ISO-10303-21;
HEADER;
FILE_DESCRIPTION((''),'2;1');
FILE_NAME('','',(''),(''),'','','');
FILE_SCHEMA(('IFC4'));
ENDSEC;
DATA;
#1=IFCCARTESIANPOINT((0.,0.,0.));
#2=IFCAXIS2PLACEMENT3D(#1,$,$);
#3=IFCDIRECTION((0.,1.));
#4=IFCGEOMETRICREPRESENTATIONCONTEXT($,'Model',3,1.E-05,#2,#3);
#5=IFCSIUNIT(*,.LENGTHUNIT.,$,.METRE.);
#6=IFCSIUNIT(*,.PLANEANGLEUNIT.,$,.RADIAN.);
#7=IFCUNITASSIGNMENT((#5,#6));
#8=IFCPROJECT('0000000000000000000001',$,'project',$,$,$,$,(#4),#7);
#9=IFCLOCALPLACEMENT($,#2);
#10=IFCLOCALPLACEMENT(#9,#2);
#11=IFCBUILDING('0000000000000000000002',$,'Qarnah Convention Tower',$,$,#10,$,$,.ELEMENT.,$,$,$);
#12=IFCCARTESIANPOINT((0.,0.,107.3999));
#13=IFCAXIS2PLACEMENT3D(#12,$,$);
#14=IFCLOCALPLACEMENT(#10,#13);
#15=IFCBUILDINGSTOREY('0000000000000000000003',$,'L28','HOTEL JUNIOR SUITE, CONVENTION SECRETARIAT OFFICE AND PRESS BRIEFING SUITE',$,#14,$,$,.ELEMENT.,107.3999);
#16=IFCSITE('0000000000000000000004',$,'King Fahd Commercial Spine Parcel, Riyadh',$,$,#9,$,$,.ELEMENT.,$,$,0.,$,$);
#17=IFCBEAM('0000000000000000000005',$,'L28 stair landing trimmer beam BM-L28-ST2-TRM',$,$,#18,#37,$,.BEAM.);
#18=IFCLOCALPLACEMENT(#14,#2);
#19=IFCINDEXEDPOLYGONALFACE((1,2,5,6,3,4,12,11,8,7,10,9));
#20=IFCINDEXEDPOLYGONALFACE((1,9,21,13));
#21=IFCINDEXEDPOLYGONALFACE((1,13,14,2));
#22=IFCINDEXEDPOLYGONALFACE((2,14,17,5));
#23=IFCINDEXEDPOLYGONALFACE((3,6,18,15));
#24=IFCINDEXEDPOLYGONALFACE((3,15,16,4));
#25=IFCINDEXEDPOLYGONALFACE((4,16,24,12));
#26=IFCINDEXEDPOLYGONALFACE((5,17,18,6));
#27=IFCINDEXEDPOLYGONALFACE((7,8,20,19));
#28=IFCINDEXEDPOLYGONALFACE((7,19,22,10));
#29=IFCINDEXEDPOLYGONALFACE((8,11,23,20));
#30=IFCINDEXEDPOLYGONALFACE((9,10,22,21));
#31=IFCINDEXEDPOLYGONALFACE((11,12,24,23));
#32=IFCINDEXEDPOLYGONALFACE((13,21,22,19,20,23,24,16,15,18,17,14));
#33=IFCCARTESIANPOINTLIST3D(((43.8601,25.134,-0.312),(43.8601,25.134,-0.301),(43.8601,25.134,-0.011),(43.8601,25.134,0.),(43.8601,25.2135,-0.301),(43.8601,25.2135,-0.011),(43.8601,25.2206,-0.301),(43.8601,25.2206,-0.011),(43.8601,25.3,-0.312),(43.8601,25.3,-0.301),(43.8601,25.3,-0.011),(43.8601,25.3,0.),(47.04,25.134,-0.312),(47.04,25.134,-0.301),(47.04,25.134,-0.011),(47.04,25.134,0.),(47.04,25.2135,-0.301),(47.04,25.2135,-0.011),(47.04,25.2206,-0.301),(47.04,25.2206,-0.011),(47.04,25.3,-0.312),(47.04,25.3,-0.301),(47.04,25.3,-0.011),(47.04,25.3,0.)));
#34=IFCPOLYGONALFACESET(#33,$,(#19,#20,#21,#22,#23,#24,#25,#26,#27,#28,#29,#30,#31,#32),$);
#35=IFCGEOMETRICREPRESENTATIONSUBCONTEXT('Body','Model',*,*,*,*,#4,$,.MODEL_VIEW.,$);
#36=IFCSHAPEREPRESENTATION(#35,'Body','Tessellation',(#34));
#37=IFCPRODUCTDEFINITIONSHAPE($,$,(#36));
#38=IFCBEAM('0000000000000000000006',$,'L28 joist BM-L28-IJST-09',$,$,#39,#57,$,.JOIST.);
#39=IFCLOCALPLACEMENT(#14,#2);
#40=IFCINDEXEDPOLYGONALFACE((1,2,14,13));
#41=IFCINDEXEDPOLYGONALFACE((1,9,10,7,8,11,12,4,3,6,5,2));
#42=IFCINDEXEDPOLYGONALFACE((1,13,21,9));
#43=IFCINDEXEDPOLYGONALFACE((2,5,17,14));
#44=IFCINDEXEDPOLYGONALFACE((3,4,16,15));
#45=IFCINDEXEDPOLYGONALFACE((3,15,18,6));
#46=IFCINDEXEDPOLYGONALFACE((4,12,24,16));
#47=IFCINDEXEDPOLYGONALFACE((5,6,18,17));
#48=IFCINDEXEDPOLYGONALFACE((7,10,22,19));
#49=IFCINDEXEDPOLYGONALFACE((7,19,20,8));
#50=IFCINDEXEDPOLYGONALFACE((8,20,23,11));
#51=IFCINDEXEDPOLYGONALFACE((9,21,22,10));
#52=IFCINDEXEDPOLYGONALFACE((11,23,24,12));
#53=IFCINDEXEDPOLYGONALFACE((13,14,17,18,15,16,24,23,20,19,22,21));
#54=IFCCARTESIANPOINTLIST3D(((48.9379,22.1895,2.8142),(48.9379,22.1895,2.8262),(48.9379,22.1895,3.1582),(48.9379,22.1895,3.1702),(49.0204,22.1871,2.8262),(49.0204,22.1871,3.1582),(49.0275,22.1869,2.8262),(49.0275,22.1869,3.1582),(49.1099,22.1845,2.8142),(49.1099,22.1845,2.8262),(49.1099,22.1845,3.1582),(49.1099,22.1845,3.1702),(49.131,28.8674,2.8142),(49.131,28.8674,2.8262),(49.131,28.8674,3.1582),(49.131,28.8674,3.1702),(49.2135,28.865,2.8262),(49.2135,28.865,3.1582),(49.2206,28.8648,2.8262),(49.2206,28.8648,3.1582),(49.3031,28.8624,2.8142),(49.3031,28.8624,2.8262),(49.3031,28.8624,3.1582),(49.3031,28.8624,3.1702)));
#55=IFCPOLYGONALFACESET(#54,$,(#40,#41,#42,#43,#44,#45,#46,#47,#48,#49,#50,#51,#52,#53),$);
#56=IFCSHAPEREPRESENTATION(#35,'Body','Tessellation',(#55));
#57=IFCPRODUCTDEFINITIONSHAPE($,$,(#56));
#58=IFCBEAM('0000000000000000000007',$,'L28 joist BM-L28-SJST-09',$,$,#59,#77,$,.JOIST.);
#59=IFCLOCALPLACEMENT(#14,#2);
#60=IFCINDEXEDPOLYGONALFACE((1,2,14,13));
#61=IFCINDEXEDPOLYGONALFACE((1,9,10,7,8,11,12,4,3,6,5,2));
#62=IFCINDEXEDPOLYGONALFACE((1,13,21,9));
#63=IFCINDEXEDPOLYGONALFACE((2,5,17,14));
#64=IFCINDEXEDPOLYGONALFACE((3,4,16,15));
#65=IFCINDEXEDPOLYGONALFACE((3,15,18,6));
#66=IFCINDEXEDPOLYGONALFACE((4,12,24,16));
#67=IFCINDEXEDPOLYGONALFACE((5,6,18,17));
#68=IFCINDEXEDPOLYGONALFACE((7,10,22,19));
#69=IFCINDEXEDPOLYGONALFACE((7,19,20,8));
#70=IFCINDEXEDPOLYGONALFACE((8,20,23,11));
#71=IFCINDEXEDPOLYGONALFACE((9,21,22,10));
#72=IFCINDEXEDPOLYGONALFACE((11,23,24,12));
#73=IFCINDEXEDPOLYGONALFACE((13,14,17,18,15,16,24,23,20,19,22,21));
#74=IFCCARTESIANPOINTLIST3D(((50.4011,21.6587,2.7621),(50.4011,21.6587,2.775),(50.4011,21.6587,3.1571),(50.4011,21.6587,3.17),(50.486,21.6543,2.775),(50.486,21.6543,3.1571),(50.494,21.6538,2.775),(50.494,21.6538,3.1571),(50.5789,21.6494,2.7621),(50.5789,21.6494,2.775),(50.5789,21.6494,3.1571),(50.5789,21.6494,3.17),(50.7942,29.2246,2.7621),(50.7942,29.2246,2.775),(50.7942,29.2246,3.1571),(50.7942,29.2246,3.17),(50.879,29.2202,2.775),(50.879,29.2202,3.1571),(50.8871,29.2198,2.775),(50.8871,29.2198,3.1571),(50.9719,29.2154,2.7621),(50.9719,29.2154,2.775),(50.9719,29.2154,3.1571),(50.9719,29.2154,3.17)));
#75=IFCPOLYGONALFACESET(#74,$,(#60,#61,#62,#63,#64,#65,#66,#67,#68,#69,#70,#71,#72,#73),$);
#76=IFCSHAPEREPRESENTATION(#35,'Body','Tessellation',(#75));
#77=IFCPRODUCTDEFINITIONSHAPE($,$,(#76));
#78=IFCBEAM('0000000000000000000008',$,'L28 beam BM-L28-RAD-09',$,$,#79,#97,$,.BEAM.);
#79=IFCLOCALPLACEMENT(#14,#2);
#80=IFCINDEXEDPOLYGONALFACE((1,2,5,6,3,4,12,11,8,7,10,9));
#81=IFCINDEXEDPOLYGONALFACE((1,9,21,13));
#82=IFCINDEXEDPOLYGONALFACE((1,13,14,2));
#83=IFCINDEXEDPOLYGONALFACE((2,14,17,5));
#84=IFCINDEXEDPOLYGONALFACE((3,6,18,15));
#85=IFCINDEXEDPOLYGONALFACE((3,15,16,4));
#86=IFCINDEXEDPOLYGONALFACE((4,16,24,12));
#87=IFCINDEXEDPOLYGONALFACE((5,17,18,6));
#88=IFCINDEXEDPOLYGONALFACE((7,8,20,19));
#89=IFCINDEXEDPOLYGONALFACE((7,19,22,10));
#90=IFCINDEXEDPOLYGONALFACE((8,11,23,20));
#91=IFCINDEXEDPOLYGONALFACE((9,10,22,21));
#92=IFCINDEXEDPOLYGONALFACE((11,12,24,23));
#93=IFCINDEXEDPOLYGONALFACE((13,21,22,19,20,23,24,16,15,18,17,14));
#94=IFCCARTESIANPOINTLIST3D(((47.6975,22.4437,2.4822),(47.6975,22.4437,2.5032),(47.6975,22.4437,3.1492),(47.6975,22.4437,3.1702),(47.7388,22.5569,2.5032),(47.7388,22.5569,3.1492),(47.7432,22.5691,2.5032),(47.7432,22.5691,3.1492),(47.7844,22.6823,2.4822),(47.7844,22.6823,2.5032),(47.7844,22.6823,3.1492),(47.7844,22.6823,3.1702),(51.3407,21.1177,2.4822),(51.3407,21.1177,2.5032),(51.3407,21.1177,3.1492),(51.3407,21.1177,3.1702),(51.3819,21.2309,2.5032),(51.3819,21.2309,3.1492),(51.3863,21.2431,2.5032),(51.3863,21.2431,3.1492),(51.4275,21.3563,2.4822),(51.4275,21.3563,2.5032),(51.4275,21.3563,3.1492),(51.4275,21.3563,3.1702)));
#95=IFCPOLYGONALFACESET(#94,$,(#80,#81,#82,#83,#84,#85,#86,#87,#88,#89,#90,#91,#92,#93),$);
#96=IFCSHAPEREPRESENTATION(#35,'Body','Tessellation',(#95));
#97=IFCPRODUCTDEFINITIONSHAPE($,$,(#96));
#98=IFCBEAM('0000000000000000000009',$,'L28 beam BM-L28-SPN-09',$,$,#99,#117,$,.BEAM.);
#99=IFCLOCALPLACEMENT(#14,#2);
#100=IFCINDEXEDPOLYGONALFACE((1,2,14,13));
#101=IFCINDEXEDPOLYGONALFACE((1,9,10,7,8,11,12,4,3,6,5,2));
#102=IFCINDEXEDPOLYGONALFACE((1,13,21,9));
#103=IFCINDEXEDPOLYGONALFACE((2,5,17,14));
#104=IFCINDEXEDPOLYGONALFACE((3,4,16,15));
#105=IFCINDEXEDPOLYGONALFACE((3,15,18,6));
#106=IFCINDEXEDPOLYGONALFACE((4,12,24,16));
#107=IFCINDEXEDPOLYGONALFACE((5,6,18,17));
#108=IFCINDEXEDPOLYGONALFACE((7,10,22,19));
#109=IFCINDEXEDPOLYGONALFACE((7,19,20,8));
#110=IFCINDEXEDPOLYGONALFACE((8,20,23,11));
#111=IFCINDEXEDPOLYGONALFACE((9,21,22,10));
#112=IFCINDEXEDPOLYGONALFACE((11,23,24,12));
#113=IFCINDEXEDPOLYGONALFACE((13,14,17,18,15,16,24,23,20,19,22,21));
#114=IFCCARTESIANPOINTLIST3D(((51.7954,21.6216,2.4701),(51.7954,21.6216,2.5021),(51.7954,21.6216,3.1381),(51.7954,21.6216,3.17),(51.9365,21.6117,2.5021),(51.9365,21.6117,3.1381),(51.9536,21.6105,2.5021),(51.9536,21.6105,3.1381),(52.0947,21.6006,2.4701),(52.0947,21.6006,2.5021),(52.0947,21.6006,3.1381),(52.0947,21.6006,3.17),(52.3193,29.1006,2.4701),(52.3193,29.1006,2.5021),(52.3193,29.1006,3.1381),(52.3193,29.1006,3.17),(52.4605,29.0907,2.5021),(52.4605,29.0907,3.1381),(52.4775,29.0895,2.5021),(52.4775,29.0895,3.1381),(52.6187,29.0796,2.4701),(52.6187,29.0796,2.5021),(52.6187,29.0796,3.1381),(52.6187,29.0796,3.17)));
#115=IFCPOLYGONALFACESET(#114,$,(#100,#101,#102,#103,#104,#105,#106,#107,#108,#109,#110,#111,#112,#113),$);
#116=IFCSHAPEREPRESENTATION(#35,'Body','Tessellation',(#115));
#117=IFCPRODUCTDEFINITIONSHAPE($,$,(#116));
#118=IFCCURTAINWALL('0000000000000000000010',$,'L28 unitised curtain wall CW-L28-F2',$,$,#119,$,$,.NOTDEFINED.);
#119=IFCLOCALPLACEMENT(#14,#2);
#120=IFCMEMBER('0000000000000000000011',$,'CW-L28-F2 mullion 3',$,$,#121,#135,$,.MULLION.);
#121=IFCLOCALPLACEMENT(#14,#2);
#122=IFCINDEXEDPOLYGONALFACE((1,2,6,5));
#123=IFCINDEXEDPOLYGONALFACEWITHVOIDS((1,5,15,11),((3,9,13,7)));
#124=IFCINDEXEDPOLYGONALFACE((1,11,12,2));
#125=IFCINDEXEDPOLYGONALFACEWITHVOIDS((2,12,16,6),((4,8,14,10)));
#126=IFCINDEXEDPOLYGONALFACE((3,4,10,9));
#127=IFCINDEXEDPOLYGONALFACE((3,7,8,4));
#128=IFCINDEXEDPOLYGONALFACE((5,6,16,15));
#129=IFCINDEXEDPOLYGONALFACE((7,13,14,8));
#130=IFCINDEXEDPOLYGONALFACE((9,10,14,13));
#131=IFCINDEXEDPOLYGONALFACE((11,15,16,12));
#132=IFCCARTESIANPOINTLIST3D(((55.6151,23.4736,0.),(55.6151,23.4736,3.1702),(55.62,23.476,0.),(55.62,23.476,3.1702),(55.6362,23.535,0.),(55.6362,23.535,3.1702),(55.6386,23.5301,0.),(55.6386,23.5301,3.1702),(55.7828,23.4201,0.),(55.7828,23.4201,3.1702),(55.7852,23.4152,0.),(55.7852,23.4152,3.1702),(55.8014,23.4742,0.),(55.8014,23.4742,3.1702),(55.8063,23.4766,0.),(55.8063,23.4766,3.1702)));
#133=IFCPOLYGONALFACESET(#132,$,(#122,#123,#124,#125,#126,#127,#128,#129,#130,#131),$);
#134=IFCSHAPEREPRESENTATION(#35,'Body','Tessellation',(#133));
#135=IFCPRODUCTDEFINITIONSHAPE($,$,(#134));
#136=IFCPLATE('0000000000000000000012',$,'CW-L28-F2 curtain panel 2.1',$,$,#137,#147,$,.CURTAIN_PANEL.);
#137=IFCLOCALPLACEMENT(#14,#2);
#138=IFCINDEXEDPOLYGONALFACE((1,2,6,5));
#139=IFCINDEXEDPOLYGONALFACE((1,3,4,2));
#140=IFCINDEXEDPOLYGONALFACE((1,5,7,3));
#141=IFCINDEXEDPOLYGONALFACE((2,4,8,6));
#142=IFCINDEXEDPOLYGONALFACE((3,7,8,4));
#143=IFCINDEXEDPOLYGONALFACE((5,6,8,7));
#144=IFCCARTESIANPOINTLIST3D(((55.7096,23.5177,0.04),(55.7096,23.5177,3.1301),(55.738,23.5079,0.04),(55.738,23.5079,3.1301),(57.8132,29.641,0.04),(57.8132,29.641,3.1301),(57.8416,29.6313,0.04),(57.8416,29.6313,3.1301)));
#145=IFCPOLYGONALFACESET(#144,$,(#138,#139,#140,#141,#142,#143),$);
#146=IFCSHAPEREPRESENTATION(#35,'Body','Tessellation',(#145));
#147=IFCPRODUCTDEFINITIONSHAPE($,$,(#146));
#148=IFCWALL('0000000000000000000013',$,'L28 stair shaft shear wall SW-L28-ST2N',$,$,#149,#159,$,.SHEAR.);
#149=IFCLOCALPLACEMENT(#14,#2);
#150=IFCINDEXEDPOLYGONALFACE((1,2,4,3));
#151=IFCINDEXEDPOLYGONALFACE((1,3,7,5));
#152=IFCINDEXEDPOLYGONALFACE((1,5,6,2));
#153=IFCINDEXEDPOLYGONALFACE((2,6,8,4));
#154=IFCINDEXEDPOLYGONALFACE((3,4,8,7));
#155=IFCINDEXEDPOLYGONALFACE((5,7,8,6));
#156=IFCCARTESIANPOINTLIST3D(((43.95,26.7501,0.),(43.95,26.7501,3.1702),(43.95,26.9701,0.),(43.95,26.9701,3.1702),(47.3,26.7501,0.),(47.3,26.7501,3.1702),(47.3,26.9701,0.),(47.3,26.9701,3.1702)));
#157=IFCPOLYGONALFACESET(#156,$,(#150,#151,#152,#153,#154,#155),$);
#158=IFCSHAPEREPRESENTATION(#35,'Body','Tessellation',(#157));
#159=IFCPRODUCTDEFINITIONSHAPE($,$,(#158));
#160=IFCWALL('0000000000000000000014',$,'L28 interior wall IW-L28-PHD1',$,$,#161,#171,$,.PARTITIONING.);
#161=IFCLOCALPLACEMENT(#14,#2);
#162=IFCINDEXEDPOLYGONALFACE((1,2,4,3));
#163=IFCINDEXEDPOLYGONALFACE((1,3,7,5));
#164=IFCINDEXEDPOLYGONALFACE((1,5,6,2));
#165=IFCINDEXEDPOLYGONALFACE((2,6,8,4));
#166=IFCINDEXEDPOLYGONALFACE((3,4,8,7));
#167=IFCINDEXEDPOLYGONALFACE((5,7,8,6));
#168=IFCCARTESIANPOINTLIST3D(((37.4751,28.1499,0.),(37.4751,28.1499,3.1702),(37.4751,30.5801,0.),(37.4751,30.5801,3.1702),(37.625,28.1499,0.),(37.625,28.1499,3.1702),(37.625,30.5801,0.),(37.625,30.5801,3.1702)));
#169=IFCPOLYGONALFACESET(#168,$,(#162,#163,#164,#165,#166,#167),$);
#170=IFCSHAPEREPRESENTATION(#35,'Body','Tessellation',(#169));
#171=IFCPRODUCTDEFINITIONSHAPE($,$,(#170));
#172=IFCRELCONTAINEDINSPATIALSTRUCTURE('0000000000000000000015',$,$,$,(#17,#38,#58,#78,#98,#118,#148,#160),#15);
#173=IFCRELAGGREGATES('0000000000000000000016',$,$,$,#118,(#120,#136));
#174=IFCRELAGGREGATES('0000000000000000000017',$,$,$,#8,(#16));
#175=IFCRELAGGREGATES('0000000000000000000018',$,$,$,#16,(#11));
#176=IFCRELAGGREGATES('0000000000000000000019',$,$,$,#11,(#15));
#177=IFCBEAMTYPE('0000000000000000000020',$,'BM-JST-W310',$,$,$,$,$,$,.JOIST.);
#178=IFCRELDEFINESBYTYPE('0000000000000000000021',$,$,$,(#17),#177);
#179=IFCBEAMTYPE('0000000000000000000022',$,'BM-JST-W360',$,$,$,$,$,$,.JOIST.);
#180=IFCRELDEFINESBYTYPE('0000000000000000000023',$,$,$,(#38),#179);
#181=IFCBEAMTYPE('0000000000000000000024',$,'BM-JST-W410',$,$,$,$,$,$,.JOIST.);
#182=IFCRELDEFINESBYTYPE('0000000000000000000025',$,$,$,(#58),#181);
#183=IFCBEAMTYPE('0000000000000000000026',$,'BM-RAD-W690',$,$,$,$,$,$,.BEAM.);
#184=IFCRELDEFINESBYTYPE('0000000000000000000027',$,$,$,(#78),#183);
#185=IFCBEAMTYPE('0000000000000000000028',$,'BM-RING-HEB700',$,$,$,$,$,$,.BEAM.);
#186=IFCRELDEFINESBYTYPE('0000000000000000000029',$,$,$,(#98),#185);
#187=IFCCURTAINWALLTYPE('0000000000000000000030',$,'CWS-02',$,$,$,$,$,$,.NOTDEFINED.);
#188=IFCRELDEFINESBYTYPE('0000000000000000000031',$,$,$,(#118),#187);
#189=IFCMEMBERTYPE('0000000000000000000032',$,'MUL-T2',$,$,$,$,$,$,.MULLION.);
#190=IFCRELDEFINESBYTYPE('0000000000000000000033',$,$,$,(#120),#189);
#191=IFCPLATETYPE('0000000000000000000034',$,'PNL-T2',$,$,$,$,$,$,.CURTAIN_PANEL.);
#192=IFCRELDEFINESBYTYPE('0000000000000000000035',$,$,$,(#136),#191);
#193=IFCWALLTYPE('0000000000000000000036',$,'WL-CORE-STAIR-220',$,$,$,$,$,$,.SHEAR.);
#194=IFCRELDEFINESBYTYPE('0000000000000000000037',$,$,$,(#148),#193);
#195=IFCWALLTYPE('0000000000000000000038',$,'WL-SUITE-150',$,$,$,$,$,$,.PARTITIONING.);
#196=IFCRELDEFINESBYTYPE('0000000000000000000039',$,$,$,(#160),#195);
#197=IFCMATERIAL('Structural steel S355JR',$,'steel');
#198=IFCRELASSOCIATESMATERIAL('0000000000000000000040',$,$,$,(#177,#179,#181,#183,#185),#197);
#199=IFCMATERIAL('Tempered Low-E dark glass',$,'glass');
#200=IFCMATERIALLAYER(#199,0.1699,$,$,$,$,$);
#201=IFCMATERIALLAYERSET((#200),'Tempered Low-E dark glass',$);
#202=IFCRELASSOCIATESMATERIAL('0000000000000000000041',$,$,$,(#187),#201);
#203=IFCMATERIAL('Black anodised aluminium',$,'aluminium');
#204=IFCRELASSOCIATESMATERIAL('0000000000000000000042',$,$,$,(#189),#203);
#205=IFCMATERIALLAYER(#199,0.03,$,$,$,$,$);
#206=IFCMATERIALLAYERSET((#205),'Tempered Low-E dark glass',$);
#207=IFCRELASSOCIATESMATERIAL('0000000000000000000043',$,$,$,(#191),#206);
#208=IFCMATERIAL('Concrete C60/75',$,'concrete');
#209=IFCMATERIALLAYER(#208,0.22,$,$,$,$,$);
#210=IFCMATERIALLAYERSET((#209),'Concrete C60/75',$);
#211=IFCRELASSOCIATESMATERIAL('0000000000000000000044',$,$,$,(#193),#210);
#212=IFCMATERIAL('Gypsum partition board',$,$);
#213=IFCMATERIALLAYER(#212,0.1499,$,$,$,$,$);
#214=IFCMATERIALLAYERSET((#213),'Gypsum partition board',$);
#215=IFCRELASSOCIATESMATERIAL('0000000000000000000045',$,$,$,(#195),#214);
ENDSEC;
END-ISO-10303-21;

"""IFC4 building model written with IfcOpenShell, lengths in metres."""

from ifc_helpers import new_model, si_unit, direction, frame, frame_2d, origin, origin_2d, place, context, subcontext, project, spatial, rectangle, hollow_rectangle, i_section, extrude, material, layer, layer_set, material_profile, profile_set, type_object, element, aggregate, save


model = new_model("IFC4")

# Units and contexts
model_context = context("Model", 3, precision=1e-05, world=origin(), true_north=direction((0.0, 1.0)))
body_context = subcontext(model_context, "Body", "Model", "MODEL_VIEW")
ifc_project = project(units=[si_unit("LENGTHUNIT", "METRE"), si_unit("PLANEANGLEUNIT", "RADIAN")], contexts=[model_context])

# Site, building, storey
site_placement = place(None, origin())
site = spatial("IfcSite", under=ifc_project, at=site_placement, Name="King Fahd Commercial Spine Parcel, Riyadh", CompositionType="ELEMENT", RefElevation=0.0)
building_placement = place(site_placement, origin())
building = spatial("IfcBuilding", under=site, at=building_placement, Name="Qarnah Convention Tower", CompositionType="ELEMENT")
storey_placement = place(building_placement, frame((0.0, 0.0, 107.3999)))
storey = spatial("IfcBuildingStorey", under=building, at=storey_placement, Name="L28", Description="HOTEL JUNIOR SUITE, CONVENTION SECRETARIAT OFFICE AND PRESS BRIEFING SUITE", CompositionType="ELEMENT", Elevation=107.3999)

# Beams
ifc_material_1 = material(Name="Structural steel S355JR", Category="steel")
ifc_material_profile_1 = material_profile(ifc_material_1, i_section(OverallWidth=0.166, OverallDepth=0.312, WebThickness=0.0071, FlangeThickness=0.011, at=origin_2d()), Name="W310X45")
ifc_profile_set_1 = profile_set([ifc_material_profile_1], Name="Structural steel S355JR")
beam_type_1 = type_object("IfcBeamType", Name="BM-JST-W310", PredefinedType="JOIST", material=ifc_profile_set_1)
beam_1_placement = place(storey_placement, frame((43.8601, 25.217, -0.156), z_axis=(1.0, 0.0, 0.0), x_axis=(0.0, 1.0, 0.0)))
element("IfcBeam", 1, at=beam_1_placement, inside=storey, type_object=beam_type_1, Name="L28 stair landing trimmer beam BM-L28-ST2-TRM", PredefinedType="BEAM", context=body_context, shape_type="SweptSolid", body=[
    extrude(i_section(OverallWidth=0.166, OverallDepth=0.312, WebThickness=0.0071, FlangeThickness=0.011, at=origin_2d()), origin(), (0.0, 0.0, 1.0), 3.1799),
])
ifc_material_profile_2 = material_profile(ifc_material_1, i_section(OverallWidth=0.1721, OverallDepth=0.356, WebThickness=0.0071, FlangeThickness=0.012, at=origin_2d()), Name="W360X51")
ifc_profile_set_2 = profile_set([ifc_material_profile_2], Name="Structural steel S355JR")
beam_type_2 = type_object("IfcBeamType", Name="BM-JST-W360", PredefinedType="JOIST", material=ifc_profile_set_2)
beam_2_placement = place(storey_placement, frame((49.0239, 22.187, 2.9922), z_axis=(0.028906, 0.999582, 0.0), x_axis=(-0.999582, 0.028906, 0.0)))
element("IfcBeam", 2, at=beam_2_placement, inside=storey, type_object=beam_type_2, Name="L28 joist BM-L28-IJST-09", PredefinedType="JOIST", context=body_context, shape_type="SweptSolid", body=[
    extrude(i_section(OverallWidth=0.1721, OverallDepth=0.356, WebThickness=0.0071, FlangeThickness=0.012, at=origin_2d()), origin(), (0.0, 0.0, 1.0), 6.6807),
])
ifc_material_profile_3 = material_profile(ifc_material_1, i_section(OverallWidth=0.178, OverallDepth=0.408, WebThickness=0.0081, FlangeThickness=0.0129, at=origin_2d()), Name="W410X60")
ifc_profile_set_3 = profile_set([ifc_material_profile_3], Name="Structural steel S355JR")
beam_type_3 = type_object("IfcBeamType", Name="BM-JST-W410", PredefinedType="JOIST", material=ifc_profile_set_3)
beam_3_placement = place(storey_placement, frame((50.49, 21.6541, 2.9661), z_axis=(0.051882, 0.998653, 0.0), x_axis=(-0.998653, 0.051882, 0.0)))
element("IfcBeam", 3, at=beam_3_placement, inside=storey, type_object=beam_type_3, Name="L28 joist BM-L28-SJST-09", PredefinedType="JOIST", context=body_context, shape_type="SweptSolid", body=[
    extrude(i_section(OverallWidth=0.178, OverallDepth=0.408, WebThickness=0.0081, FlangeThickness=0.0129, at=origin_2d()), origin(), (0.0, 0.0, 1.0), 7.5762),
])
ifc_material_profile_4 = material_profile(ifc_material_1, i_section(OverallWidth=0.2539, OverallDepth=0.688, WebThickness=0.0129, FlangeThickness=0.021, at=origin_2d()), Name="W690X152")
ifc_profile_set_4 = profile_set([ifc_material_profile_4], Name="Structural steel S355JR")
beam_type_4 = type_object("IfcBeamType", Name="BM-RAD-W690", PredefinedType="BEAM", material=ifc_profile_set_4)
beam_4_placement = place(storey_placement, frame((47.741, 22.563, 2.8262), z_axis=(0.939696, -0.342011, 0.0), x_axis=(0.342011, 0.939696, 0.0)))
element("IfcBeam", 4, at=beam_4_placement, inside=storey, type_object=beam_type_4, Name="L28 beam BM-L28-RAD-09", PredefinedType="BEAM", context=body_context, shape_type="SweptSolid", body=[
    extrude(i_section(OverallWidth=0.2539, OverallDepth=0.688, WebThickness=0.0129, FlangeThickness=0.021, at=origin_2d()), origin(), (0.0, 0.0, 1.0), 3.877),
])
ifc_material_profile_5 = material_profile(ifc_material_1, i_section(OverallWidth=0.3, OverallDepth=0.7, WebThickness=0.0171, FlangeThickness=0.032, at=origin_2d()), Name="HEB700")
ifc_profile_set_5 = profile_set([ifc_material_profile_5], Name="Structural steel S355JR")
beam_type_5 = type_object("IfcBeamType", Name="BM-RING-HEB700", PredefinedType="BEAM", material=ifc_profile_set_5)
beam_5_placement = place(storey_placement, frame((51.9451, 21.6111, 2.8201), z_axis=(0.069882, 0.997555, 0.0), x_axis=(-0.997555, 0.069882, 0.0)))
element("IfcBeam", 5, at=beam_5_placement, inside=storey, type_object=beam_type_5, Name="L28 beam BM-L28-SPN-09", PredefinedType="BEAM", context=body_context, shape_type="SweptSolid", body=[
    extrude(i_section(OverallWidth=0.3, OverallDepth=0.7, WebThickness=0.0171, FlangeThickness=0.032, at=origin_2d()), origin(), (0.0, 0.0, 1.0), 7.4973),
])

# Curtain wall, member, plate
ifc_material_2 = material(Name="Tempered Low-E dark glass", Category="glass")
ifc_layer_1 = layer(ifc_material_2, 0.1699)
ifc_layer_set_1 = layer_set([ifc_layer_1], Name="Tempered Low-E dark glass")
curtain_wall_type = type_object("IfcCurtainWallType", Name="CWS-02", PredefinedType="NOTDEFINED", material=ifc_layer_set_1)
curtain_wall_placement = place(storey_placement, origin())
curtain_wall = element("IfcCurtainWall", 6, at=curtain_wall_placement, inside=storey, type_object=curtain_wall_type, Name="L28 unitised curtain wall CW-L28-F2", PredefinedType="NOTDEFINED")
ifc_material_3 = material(Name="Black anodised aluminium", Category="aluminium")
ifc_material_profile_6 = material_profile(ifc_material_3, hollow_rectangle(XDim=0.0649, YDim=0.1799, WallThickness=0.0039, at=origin_2d()), Name="MUL-65X180")
ifc_profile_set_6 = profile_set([ifc_material_profile_6], Name="Black anodised aluminium")
member_type = type_object("IfcMemberType", Name="MUL-T2", PredefinedType="MULLION", material=ifc_profile_set_6)
member_placement = place(storey_placement, frame((55.7107, 23.4751, 0.0), z_axis=(0.0, 0.0, 1.0), x_axis=(-0.324902, -0.945748, 0.0)))
member = element("IfcMember", 7, at=member_placement, type_object=member_type, Name="CW-L28-F2 mullion 3", PredefinedType="MULLION", context=body_context, shape_type="SweptSolid", body=[
    extrude(hollow_rectangle(XDim=0.0649, YDim=0.1799, WallThickness=0.0039, at=origin_2d()), origin(), (0.0, 0.0, 1.0), 3.1702),
])
ifc_layer_2 = layer(ifc_material_2, 0.03)
ifc_layer_set_2 = layer_set([ifc_layer_2], Name="Tempered Low-E dark glass")
plate_type = type_object("IfcPlateType", Name="PNL-T2", PredefinedType="CURTAIN_PANEL", material=ifc_layer_set_2)
plate_placement = place(storey_placement, frame((56.7756, 26.5745, 0.04), z_axis=(0.0, 0.0, 1.0), x_axis=(-0.324902, -0.945748, 0.0)))
plate = element("IfcPlate", 8, at=plate_placement, type_object=plate_type, Name="CW-L28-F2 curtain panel 2.1", PredefinedType="CURTAIN_PANEL", context=body_context, shape_type="SweptSolid", body=[
    extrude(rectangle(XDim=6.4746, YDim=0.03, at=origin_2d()), origin(), (0.0, 0.0, 1.0), 3.0901),
])
aggregate(curtain_wall, [member, plate])

# Walls
ifc_material_4 = material(Name="Concrete C60/75", Category="concrete")
ifc_layer_3 = layer(ifc_material_4, 0.22)
ifc_layer_set_3 = layer_set([ifc_layer_3], Name="Concrete C60/75")
wall_type_1 = type_object("IfcWallType", Name="WL-CORE-STAIR-220", PredefinedType="SHEAR", material=ifc_layer_set_3)
wall_1_placement = place(storey_placement, frame((43.95, 26.8601, 0.0), z_axis=(0.0, 0.0, 1.0), x_axis=(1.0, 0.0, 0.0)))
element("IfcWall", 9, at=wall_1_placement, inside=storey, type_object=wall_type_1, Name="L28 stair shaft shear wall SW-L28-ST2N", PredefinedType="SHEAR", context=body_context, shape_type="SweptSolid", body=[
    extrude(rectangle(XDim=3.3501, YDim=0.22, at=frame_2d((1.675, 0.0))), origin(), (0.0, 0.0, 1.0), 3.1702),
])
ifc_material_5 = material(Name="Gypsum partition board")
ifc_layer_4 = layer(ifc_material_5, 0.1499)
ifc_layer_set_4 = layer_set([ifc_layer_4], Name="Gypsum partition board")
wall_type_2 = type_object("IfcWallType", Name="WL-SUITE-150", PredefinedType="PARTITIONING", material=ifc_layer_set_4)
for number, where, z_axis, x_axis, name in (
    (10, (37.55, 28.1499, 0.0), (0.0, 0.0, 1.0), (0.0, 1.0, 0.0), "L28 interior wall IW-L28-PHD1"),
):
    element("IfcWall", number, at=place(storey_placement, frame(where, z_axis=z_axis, x_axis=x_axis)), inside=storey, type_object=wall_type_2, Name=name, PredefinedType="PARTITIONING", context=body_context, shape_type="SweptSolid", body=[
        extrude(rectangle(XDim=2.4302, YDim=0.1499, at=frame_2d((1.2151, 0.0))), origin(), (0.0, 0.0, 1.0), 3.1702),
    ])

save(model, "model.ifc")
